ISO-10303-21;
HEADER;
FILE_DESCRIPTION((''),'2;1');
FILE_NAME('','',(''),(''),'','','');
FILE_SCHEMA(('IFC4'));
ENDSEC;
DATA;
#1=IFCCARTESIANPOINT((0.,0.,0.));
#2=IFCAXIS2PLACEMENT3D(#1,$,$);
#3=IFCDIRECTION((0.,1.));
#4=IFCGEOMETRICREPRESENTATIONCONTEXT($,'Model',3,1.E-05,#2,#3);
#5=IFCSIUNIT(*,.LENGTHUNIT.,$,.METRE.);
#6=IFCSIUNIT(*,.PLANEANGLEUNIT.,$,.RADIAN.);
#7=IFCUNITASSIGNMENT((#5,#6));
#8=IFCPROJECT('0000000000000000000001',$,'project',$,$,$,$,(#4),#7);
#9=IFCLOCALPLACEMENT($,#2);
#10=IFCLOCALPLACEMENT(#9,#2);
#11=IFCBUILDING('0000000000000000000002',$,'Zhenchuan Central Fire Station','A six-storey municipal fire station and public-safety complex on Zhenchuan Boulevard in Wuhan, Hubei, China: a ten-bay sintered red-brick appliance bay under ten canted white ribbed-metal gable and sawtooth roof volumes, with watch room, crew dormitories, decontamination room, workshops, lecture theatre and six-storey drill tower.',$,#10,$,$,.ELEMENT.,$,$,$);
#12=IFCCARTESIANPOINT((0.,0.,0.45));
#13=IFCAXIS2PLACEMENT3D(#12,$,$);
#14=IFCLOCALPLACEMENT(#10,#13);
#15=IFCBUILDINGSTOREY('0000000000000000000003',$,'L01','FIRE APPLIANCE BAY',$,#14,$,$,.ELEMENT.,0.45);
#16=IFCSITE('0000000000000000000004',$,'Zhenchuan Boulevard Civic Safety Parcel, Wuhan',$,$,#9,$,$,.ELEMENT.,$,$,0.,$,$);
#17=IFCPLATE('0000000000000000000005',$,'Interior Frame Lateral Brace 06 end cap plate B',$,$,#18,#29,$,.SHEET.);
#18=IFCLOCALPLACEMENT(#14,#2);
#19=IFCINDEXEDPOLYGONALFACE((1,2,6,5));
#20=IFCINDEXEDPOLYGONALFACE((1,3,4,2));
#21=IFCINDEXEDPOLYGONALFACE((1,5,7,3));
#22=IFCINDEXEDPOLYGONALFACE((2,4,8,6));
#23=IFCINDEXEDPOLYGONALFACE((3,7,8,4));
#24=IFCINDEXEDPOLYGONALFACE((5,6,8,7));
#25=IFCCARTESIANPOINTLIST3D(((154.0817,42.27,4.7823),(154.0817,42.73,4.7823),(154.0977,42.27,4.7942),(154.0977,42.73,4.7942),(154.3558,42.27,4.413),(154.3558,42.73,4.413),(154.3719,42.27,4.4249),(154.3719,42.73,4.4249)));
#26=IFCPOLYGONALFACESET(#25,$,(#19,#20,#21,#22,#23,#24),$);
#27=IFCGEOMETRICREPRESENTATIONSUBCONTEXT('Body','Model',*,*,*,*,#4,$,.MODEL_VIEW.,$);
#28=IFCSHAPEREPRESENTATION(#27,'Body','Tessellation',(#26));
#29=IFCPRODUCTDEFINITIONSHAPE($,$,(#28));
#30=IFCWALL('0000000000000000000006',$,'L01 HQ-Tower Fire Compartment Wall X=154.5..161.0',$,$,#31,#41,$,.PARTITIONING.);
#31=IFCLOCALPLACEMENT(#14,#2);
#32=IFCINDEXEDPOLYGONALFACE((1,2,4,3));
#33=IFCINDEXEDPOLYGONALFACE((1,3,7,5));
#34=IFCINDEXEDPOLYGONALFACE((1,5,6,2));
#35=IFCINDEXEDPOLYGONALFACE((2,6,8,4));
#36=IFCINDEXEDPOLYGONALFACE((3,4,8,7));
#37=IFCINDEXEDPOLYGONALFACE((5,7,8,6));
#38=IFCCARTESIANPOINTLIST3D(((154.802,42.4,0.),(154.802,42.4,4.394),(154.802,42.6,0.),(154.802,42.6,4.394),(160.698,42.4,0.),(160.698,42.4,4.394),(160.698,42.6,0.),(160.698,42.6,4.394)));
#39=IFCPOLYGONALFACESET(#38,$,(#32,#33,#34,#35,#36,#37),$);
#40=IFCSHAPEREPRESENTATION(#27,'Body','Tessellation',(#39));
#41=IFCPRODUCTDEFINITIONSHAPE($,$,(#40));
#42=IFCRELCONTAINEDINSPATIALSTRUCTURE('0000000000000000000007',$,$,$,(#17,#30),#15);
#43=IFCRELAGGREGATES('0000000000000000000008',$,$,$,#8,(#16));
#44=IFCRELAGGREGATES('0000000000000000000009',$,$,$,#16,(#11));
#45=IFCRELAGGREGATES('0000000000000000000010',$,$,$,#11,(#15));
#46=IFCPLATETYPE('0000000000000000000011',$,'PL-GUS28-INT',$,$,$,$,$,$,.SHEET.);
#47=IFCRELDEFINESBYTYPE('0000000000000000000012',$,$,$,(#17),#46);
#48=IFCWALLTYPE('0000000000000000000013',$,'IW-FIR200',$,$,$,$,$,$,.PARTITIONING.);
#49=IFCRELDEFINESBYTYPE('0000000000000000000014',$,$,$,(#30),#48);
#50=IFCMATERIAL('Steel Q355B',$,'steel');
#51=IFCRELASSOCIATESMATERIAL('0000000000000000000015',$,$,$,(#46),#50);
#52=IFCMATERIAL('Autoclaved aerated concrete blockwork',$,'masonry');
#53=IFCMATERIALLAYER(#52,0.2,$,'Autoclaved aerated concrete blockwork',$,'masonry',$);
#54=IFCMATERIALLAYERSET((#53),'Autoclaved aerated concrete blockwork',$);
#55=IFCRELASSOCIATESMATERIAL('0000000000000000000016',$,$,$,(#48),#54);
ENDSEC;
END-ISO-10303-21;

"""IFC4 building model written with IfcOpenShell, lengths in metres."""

from ifc_helpers import new_model, si_unit, direction, frame, frame_2d, origin, origin_2d, place, context, subcontext, project, spatial, rectangle, extrude, material, layer, layer_set, material_profile, profile_set, type_object, element, save


model = new_model("IFC4")

# Units and contexts
model_context = context("Model", 3, precision=1e-05, world=origin(), true_north=direction((0.0, 1.0)))
body_context = subcontext(model_context, "Body", "Model", "MODEL_VIEW")
ifc_project = project(units=[si_unit("LENGTHUNIT", "METRE"), si_unit("PLANEANGLEUNIT", "RADIAN")], contexts=[model_context])

# Site, building, storey
site_placement = place(None, origin())
site = spatial("IfcSite", under=ifc_project, at=site_placement, Name="Zhenchuan Boulevard Civic Safety Parcel, Wuhan", CompositionType="ELEMENT", RefElevation=0.0)
building_placement = place(site_placement, origin())
building = spatial("IfcBuilding", under=site, at=building_placement, Name="Zhenchuan Central Fire Station", Description="A six-storey municipal fire station and public-safety complex on Zhenchuan Boulevard in Wuhan, Hubei, China: a ten-bay sintered red-brick appliance bay under ten canted white ribbed-metal gable and sawtooth roof volumes, with watch room, crew dormitories, decontamination room, workshops, lecture theatre and six-storey drill tower.", CompositionType="ELEMENT")
storey_placement = place(building_placement, frame((0.0, 0.0, 0.45)))
storey = spatial("IfcBuildingStorey", under=building, at=storey_placement, Name="L01", Description="FIRE APPLIANCE BAY", CompositionType="ELEMENT", Elevation=0.45)

# Shared definitions
ifc_material_1 = material(Name="Steel Q355B", Category="steel")

# Plate
ifc_material_profile_1 = material_profile(ifc_material_1, rectangle(XDim=0.46, YDim=0.46, at=origin_2d()), Name="PL 460x460x28")
ifc_profile_set_1 = profile_set([ifc_material_profile_1], Name="Steel Q355B")
plate_type_1 = type_object("IfcPlateType", Name="PL-GUS28-INT", PredefinedType="SHEET", material=ifc_profile_set_1)
plate_1_placement = place(storey_placement, frame((154.2188, 42.5, 4.5977), z_axis=(0.80291, 0.0, 0.5961), x_axis=(0.0, 1.0, 0.0)))
element("IfcPlate", 1, at=plate_1_placement, inside=storey, type_object=plate_type_1, Name="Interior Frame Lateral Brace 06 end cap plate B", PredefinedType="SHEET", context=body_context, shape_type="SweptSolid", body=[
    extrude(rectangle(XDim=0.46, YDim=0.46, at=origin_2d()), origin(), (0.0, 0.0, 1.0), 0.02),
])

# Wall
ifc_material_2 = material(Name="Autoclaved aerated concrete blockwork", Category="masonry")
ifc_layer_1 = layer(ifc_material_2, 0.2, Name="Autoclaved aerated concrete blockwork", Category="masonry")
ifc_layer_set_1 = layer_set([ifc_layer_1], Name="Autoclaved aerated concrete blockwork")
wall_type = type_object("IfcWallType", Name="IW-FIR200", PredefinedType="PARTITIONING", material=ifc_layer_set_1)
wall_placement = place(storey_placement, frame((154.802, 42.5, 0.0), z_axis=(0.0, 0.0, 1.0), x_axis=(1.0, 0.0, 0.0)))
element("IfcWall", 2, at=wall_placement, inside=storey, type_object=wall_type, Name="L01 HQ-Tower Fire Compartment Wall X=154.5..161.0", PredefinedType="PARTITIONING", context=body_context, shape_type="SweptSolid", body=[
    extrude(rectangle(XDim=5.896, YDim=0.2, at=frame_2d((2.948, 0.0))), origin(), (0.0, 0.0, 1.0), 4.394),
])

save(model, "model.ifc")
